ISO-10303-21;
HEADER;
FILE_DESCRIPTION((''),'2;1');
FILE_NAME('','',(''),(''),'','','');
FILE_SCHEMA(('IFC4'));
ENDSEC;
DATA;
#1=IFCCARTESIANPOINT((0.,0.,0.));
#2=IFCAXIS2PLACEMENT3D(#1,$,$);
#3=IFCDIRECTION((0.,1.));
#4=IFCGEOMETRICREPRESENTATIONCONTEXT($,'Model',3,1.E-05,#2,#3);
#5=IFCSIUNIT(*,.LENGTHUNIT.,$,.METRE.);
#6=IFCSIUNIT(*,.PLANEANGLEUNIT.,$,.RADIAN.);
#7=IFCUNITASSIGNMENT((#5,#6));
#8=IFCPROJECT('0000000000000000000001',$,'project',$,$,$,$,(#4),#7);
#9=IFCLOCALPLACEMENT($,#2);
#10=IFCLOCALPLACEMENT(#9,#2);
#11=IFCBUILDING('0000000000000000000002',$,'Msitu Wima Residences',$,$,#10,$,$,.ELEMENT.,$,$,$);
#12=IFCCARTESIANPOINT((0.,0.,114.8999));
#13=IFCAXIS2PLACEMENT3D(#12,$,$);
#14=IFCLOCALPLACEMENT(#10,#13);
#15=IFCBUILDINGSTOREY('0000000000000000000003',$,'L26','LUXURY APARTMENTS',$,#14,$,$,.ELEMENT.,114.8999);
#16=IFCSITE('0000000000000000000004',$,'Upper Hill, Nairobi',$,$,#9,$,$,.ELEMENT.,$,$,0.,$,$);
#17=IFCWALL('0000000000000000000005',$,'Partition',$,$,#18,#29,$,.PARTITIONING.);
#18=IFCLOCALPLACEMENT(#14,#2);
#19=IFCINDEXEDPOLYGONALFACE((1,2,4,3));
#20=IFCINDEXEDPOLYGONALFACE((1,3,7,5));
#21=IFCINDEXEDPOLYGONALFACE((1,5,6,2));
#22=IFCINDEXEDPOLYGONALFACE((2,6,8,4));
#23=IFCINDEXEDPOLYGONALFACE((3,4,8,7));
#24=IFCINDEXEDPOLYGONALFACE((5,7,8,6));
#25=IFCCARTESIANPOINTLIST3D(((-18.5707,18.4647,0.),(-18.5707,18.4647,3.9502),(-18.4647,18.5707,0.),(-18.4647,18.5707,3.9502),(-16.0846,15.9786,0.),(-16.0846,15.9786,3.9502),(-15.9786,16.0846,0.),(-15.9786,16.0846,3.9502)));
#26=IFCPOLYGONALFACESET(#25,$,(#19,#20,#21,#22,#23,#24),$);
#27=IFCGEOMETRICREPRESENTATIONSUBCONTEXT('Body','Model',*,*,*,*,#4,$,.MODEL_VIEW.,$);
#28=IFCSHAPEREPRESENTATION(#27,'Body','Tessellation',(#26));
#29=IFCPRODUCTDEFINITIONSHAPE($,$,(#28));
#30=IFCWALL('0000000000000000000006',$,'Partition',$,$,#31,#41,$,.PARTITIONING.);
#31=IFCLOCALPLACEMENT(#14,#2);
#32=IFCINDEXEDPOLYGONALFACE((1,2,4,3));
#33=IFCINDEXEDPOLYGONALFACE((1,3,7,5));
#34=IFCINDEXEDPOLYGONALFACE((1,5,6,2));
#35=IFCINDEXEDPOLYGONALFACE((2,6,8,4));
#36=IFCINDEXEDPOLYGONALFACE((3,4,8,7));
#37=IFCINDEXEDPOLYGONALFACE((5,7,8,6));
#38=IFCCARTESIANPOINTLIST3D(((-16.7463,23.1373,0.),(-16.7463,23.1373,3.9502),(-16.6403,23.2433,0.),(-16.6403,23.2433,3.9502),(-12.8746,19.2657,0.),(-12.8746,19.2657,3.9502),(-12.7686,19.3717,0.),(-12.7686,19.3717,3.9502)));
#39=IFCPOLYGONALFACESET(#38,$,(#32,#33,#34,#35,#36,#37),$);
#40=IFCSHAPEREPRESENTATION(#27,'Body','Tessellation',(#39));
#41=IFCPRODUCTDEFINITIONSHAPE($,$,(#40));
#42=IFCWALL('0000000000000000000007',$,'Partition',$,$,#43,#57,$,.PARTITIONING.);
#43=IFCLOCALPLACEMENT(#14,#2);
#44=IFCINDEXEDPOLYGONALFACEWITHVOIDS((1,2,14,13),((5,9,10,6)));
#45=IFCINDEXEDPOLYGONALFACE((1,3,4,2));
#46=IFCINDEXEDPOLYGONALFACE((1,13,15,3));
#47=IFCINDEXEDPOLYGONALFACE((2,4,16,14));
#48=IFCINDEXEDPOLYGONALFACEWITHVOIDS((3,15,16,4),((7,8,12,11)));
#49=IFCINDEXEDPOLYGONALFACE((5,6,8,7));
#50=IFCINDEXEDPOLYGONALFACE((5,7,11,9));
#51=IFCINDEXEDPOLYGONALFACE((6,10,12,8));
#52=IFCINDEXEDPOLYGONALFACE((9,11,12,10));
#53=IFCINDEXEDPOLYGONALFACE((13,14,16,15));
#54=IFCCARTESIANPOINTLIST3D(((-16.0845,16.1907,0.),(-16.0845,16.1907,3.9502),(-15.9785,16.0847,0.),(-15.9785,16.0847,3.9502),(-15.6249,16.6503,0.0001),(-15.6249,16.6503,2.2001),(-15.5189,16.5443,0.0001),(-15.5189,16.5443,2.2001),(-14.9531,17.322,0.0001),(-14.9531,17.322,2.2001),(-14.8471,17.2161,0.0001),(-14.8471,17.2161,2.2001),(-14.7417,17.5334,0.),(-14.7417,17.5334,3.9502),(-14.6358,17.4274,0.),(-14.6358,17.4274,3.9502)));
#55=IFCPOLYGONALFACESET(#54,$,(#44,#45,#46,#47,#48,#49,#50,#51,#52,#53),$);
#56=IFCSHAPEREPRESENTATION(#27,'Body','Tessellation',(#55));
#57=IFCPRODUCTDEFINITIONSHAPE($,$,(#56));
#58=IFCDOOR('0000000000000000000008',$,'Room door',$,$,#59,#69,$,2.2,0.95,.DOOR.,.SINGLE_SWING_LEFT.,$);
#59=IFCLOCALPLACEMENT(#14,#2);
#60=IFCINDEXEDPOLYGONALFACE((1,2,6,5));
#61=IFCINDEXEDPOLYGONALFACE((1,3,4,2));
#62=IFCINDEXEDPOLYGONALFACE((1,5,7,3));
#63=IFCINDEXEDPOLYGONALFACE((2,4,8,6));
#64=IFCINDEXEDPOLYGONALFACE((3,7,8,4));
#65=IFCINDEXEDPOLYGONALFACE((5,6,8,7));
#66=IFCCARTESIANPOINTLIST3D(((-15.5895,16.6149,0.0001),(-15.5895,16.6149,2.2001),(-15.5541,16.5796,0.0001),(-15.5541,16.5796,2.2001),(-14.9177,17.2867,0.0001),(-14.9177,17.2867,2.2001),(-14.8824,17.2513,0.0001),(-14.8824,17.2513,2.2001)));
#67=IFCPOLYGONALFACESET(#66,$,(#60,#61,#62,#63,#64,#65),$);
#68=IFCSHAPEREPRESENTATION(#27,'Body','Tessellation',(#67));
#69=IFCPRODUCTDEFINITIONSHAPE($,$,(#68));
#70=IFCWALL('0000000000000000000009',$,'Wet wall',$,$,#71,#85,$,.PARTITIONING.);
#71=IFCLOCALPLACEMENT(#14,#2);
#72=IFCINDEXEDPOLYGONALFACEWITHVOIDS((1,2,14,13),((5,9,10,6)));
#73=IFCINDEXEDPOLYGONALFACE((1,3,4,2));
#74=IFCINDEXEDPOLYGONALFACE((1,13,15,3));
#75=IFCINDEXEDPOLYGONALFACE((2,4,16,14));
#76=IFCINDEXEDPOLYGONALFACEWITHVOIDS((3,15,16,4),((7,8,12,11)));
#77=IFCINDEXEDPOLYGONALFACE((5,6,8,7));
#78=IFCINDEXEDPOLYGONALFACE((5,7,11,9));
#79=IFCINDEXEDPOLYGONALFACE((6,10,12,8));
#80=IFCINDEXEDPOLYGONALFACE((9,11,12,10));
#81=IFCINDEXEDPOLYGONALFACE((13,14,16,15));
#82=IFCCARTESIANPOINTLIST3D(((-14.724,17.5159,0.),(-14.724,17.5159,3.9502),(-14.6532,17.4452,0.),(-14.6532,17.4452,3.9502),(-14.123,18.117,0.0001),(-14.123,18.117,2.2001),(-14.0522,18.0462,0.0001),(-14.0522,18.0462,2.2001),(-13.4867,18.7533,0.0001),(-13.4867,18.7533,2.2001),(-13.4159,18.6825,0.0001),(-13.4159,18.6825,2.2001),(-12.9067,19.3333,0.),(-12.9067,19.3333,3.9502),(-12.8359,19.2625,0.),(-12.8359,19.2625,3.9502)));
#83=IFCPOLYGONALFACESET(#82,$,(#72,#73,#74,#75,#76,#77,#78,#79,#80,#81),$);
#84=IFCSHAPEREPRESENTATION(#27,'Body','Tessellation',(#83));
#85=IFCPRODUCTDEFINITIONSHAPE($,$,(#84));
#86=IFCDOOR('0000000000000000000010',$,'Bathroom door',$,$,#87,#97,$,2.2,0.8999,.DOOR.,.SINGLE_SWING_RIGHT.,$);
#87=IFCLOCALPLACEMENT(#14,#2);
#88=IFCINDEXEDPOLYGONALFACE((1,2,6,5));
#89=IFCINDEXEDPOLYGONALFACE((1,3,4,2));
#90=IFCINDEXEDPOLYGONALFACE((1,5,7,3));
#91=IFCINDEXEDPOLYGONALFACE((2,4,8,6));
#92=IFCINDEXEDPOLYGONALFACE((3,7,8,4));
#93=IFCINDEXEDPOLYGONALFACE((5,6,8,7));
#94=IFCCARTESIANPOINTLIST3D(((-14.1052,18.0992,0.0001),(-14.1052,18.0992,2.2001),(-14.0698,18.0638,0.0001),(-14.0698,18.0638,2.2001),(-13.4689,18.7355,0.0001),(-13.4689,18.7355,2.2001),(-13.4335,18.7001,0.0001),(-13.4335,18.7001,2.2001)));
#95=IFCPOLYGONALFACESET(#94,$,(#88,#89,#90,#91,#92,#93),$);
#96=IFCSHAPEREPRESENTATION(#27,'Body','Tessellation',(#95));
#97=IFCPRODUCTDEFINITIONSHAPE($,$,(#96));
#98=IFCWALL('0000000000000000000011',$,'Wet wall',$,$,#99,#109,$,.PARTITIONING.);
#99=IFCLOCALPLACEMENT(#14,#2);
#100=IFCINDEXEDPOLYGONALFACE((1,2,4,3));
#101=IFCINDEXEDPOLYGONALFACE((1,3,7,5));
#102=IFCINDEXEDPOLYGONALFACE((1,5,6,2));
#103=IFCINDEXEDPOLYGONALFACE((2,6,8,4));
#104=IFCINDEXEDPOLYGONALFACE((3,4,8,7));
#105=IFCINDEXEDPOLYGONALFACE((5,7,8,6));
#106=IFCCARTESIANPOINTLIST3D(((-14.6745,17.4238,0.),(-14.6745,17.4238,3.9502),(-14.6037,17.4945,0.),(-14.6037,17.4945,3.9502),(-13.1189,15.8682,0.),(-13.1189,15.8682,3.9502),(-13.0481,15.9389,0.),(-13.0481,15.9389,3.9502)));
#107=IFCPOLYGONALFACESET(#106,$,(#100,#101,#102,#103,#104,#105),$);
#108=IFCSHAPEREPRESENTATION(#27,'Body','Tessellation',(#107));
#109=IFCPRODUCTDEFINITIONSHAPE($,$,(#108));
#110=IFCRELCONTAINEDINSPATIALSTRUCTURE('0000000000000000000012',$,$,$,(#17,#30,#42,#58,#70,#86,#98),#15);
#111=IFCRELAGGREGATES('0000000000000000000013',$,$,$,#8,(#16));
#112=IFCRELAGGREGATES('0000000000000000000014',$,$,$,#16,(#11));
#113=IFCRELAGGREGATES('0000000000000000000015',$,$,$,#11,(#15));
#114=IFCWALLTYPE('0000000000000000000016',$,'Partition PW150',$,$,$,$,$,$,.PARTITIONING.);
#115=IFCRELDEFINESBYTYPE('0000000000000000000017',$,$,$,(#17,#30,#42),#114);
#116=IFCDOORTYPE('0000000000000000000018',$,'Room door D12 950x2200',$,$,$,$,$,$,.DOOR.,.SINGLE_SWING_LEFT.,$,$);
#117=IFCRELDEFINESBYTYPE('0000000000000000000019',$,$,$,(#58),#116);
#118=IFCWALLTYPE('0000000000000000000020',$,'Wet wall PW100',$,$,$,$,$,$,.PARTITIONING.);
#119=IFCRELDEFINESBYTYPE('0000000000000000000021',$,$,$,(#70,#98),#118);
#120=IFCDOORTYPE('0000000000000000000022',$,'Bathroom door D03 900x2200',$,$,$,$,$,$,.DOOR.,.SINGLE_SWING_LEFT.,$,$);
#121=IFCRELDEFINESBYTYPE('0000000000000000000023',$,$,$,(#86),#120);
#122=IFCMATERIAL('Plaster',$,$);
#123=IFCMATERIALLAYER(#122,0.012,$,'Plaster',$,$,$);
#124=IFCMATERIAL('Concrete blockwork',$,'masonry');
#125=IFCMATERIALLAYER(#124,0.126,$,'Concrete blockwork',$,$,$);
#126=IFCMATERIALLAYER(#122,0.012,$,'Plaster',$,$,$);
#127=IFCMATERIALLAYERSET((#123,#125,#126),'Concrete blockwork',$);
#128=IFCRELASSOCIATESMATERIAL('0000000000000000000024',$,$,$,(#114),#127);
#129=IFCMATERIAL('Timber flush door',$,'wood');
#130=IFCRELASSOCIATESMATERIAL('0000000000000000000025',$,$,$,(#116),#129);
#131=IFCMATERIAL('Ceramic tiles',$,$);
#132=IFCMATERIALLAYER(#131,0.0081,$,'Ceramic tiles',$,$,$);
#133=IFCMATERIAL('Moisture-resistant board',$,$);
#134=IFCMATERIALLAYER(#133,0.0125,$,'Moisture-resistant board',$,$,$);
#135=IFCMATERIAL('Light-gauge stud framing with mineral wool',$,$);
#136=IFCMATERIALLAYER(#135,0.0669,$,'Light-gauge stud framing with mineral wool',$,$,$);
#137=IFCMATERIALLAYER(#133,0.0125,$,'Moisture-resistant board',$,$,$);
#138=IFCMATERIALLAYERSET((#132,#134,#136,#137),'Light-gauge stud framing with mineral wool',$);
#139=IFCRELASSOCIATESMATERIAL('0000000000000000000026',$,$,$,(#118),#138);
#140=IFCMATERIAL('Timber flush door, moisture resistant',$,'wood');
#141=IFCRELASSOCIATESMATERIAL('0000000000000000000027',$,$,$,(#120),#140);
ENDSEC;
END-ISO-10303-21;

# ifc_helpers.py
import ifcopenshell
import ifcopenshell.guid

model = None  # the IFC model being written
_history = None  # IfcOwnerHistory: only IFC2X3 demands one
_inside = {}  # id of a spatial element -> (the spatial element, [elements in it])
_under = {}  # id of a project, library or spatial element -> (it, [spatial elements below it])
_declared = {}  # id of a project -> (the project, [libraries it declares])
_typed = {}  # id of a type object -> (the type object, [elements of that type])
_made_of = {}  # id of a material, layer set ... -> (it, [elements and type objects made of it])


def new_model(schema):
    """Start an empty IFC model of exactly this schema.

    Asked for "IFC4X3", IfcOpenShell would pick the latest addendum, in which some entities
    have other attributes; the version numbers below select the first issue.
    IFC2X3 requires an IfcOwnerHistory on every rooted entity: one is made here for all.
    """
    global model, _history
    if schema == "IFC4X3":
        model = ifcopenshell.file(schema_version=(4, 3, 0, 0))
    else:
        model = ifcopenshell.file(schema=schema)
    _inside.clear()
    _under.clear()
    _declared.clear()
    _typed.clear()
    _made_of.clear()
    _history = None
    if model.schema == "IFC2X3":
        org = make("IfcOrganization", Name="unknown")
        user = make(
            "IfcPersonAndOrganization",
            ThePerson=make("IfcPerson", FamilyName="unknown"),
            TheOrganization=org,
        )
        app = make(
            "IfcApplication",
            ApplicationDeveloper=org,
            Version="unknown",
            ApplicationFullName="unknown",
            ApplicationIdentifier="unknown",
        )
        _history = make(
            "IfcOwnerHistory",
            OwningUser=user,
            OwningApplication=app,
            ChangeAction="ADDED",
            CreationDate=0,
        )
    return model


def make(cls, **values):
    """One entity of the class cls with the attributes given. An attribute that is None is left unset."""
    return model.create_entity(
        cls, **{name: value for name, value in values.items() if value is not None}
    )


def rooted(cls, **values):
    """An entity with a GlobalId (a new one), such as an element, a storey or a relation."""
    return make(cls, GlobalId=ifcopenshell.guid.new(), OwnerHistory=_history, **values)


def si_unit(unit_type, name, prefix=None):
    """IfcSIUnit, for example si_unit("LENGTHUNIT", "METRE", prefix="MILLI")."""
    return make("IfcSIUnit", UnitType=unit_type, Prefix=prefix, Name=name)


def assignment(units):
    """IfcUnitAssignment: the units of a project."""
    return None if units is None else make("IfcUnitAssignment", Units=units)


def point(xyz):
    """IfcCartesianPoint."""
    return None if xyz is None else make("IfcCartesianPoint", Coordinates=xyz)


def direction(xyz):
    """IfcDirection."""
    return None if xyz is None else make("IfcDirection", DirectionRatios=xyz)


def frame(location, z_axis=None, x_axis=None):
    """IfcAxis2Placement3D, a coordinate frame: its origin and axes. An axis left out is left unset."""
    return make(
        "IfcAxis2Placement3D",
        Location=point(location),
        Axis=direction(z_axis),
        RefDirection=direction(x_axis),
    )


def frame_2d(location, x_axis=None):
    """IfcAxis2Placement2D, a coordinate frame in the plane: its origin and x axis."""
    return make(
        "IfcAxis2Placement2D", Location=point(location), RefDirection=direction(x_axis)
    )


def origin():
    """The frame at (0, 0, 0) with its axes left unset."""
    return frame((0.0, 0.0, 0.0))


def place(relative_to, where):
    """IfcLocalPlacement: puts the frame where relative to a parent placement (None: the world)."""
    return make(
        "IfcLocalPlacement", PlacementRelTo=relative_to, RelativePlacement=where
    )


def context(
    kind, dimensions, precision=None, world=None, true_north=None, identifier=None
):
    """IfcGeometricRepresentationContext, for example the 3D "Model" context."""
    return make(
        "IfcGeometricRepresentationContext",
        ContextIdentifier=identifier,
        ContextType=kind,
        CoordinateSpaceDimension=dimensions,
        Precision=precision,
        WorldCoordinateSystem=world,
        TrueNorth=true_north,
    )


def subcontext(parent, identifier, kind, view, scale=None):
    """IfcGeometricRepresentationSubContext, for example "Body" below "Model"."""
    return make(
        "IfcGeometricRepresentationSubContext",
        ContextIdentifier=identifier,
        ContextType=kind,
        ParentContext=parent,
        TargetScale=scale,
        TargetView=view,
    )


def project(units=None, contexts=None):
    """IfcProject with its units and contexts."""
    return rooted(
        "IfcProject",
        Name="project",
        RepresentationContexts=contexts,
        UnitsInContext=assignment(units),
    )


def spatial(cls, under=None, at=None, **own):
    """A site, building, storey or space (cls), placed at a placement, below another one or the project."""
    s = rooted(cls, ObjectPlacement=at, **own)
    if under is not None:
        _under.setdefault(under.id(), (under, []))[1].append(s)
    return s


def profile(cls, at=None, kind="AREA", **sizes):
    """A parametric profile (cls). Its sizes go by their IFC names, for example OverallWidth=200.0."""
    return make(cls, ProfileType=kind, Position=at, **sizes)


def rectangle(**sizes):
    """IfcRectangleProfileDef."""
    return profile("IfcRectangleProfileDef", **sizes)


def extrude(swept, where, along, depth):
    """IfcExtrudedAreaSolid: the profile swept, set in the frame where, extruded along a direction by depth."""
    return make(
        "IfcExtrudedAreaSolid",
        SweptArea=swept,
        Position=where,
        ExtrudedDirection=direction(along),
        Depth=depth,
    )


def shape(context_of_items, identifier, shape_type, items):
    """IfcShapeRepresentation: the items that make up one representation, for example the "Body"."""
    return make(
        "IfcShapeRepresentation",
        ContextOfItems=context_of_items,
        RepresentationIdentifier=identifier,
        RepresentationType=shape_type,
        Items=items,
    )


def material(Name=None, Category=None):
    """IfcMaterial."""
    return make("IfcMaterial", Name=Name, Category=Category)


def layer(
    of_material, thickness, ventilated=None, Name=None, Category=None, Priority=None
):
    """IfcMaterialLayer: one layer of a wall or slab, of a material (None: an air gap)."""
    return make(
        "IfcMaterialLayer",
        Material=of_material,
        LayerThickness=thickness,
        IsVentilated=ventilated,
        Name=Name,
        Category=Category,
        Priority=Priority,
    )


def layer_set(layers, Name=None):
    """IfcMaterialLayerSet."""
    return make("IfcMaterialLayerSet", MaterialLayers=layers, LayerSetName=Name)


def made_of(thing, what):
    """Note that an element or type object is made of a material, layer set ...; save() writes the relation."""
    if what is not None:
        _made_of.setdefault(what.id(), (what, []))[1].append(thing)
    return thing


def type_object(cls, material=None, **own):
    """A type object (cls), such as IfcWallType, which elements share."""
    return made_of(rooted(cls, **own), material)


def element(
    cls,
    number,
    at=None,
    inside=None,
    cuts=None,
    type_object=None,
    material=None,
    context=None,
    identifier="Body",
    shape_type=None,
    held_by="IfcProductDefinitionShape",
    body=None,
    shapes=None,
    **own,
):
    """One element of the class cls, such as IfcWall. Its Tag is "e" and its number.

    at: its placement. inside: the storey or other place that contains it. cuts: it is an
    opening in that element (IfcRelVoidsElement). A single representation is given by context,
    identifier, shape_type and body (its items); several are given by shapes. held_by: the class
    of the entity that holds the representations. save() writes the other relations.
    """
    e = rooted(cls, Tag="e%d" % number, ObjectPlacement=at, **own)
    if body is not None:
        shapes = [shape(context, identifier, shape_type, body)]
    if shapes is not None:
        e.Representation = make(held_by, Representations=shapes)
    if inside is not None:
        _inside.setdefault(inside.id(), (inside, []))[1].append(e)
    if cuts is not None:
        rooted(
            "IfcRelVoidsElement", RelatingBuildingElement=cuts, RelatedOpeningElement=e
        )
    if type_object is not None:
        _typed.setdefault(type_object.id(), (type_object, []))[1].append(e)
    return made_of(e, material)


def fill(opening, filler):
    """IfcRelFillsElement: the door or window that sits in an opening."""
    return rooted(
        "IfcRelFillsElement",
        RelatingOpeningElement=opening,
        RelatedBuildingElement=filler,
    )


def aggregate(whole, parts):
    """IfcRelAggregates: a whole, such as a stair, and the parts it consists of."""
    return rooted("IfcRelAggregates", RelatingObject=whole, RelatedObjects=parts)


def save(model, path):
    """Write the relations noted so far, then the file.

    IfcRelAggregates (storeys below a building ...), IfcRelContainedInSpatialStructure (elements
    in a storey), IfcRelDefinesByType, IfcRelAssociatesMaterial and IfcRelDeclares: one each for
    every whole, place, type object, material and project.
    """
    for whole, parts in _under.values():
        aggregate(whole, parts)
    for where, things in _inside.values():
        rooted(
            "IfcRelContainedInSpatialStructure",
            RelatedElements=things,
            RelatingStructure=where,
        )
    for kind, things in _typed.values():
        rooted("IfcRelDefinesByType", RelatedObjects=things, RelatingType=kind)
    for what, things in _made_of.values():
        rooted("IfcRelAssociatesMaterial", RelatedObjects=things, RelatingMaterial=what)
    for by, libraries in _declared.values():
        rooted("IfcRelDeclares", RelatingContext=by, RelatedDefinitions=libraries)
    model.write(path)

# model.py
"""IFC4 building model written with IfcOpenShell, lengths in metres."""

from ifc_helpers import new_model, si_unit, direction, frame, frame_2d, origin, place, context, subcontext, project, spatial, rectangle, extrude, material, layer, layer_set, type_object, element, fill, save


model = new_model("IFC4")

# Units and contexts
model_context = context("Model", 3, precision=1e-05, world=origin(), true_north=direction((0.0, 1.0)))
body_context = subcontext(model_context, "Body", "Model", "MODEL_VIEW")
ifc_project = project(units=[si_unit("LENGTHUNIT", "METRE"), si_unit("PLANEANGLEUNIT", "RADIAN")], contexts=[model_context])

# Site, building, storey
site_placement = place(None, origin())
site = spatial("IfcSite", under=ifc_project, at=site_placement, Name="Upper Hill, Nairobi", CompositionType="ELEMENT", RefElevation=0.0)
building_placement = place(site_placement, origin())
building = spatial("IfcBuilding", under=site, at=building_placement, Name="Msitu Wima Residences", CompositionType="ELEMENT")
storey_placement = place(building_placement, frame((0.0, 0.0, 114.8999)))
storey = spatial("IfcBuildingStorey", under=building, at=storey_placement, Name="L26", Description="LUXURY APARTMENTS", CompositionType="ELEMENT", Elevation=114.8999)

# Shared definitions
ifc_material_1 = material(Name="Plaster")
ifc_material_2 = material(Name="Concrete blockwork", Category="masonry")

# Walls
ifc_layer_1 = layer(ifc_material_1, 0.012, Name="Plaster")
ifc_layer_2 = layer(ifc_material_2, 0.126, Name="Concrete blockwork")
ifc_layer_3 = layer(ifc_material_1, 0.012, Name="Plaster")
ifc_layer_set_1 = layer_set([ifc_layer_1, ifc_layer_2, ifc_layer_3], Name="Concrete blockwork")
wall_type_1 = type_object("IfcWallType", Name="Partition PW150", PredefinedType="PARTITIONING", material=ifc_layer_set_1)
wall_1_placement = place(storey_placement, frame((-18.5176, 18.5176, 0.0), z_axis=(0.0, 0.0, 1.0), x_axis=(0.707107, -0.707107, 0.0)))
element("IfcWall", 1, at=wall_1_placement, inside=storey, type_object=wall_type_1, Name="Partition", PredefinedType="PARTITIONING", context=body_context, shape_type="SweptSolid", body=[
    extrude(rectangle(XDim=3.5159, YDim=0.1499, at=frame_2d((1.7578, 0.0))), origin(), (0.0, 0.0, 1.0), 3.9502),
])
wall_2_placement = place(storey_placement, frame((-16.6934, 23.1904, 0.0), z_axis=(0.0, 0.0, 1.0), x_axis=(0.707107, -0.707107, 0.0)))
element("IfcWall", 2, at=wall_2_placement, inside=storey, type_object=wall_type_1, Name="Partition", PredefinedType="PARTITIONING", context=body_context, shape_type="SweptSolid", body=[
    extrude(rectangle(XDim=5.4753, YDim=0.1499, at=frame_2d((2.7378, 0.0))), origin(), (0.0, 0.0, 1.0), 3.9502),
])

# Walls, openings, doors
wall_3_placement = place(storey_placement, frame((-16.0315, 16.1377, 0.0), z_axis=(0.0, 0.0, 1.0), x_axis=(0.707107, 0.707107, 0.0)))
wall_3 = element("IfcWall", 3, at=wall_3_placement, inside=storey, type_object=wall_type_1, Name="Partition", PredefinedType="PARTITIONING", context=body_context, shape_type="SweptSolid", body=[
    extrude(rectangle(XDim=1.8989, YDim=0.1499, at=frame_2d((0.9495, 0.0))), origin(), (0.0, 0.0, 1.0), 3.9502),
])
opening_1_placement = place(wall_3_placement, frame((0.6499, 0.0, 0.0)))
opening_1 = element("IfcOpeningElement", 4, at=opening_1_placement, cuts=wall_3, PredefinedType="OPENING", context=body_context, shape_type="SweptSolid", body=[
    extrude(rectangle(XDim=0.95, YDim=2.2, at=frame_2d((0.4751, 1.1001))), frame((0.0, 0.085, 0.0), z_axis=(0.0, -1.0, 0.0), x_axis=(1.0, 0.0, 0.0)), (0.0, 0.0, 1.0), 0.1699),
])
ifc_material_3 = material(Name="Timber flush door", Category="wood")
door_type_1 = type_object("IfcDoorType", Name="Room door D12 950x2200", OperationType="SINGLE_SWING_LEFT", PredefinedType="DOOR", material=ifc_material_3)
door_1_placement = place(opening_1_placement, origin())
door_1 = element("IfcDoor", 5, at=door_1_placement, inside=storey, type_object=door_type_1, Name="Room door", OperationType="SINGLE_SWING_LEFT", OverallHeight=2.2, OverallWidth=0.95, PredefinedType="DOOR", context=body_context, shape_type="SweptSolid", body=[
    extrude(rectangle(XDim=0.95, YDim=2.2, at=frame_2d((0.4751, 1.1001))), frame((0.0, 0.0249, 0.0), z_axis=(0.0, -1.0, 0.0), x_axis=(1.0, 0.0, 0.0)), (0.0, 0.0, 1.0), 0.05),
])
fill(opening_1, door_1)
ifc_material_4 = material(Name="Ceramic tiles")
ifc_layer_4 = layer(ifc_material_4, 0.0081, Name="Ceramic tiles")
ifc_material_5 = material(Name="Moisture-resistant board")
ifc_layer_5 = layer(ifc_material_5, 0.0125, Name="Moisture-resistant board")
ifc_material_6 = material(Name="Light-gauge stud framing with mineral wool")
ifc_layer_6 = layer(ifc_material_6, 0.0669, Name="Light-gauge stud framing with mineral wool")
ifc_layer_7 = layer(ifc_material_5, 0.0125, Name="Moisture-resistant board")
ifc_layer_set_2 = layer_set([ifc_layer_4, ifc_layer_5, ifc_layer_6, ifc_layer_7], Name="Light-gauge stud framing with mineral wool")
wall_type_2 = type_object("IfcWallType", Name="Wet wall PW100", PredefinedType="PARTITIONING", material=ifc_layer_set_2)
wall_4_placement = place(storey_placement, frame((-14.6887, 17.4805, 0.0), z_axis=(0.0, 0.0, 1.0), x_axis=(0.707107, 0.707107, 0.0)))
wall_4 = element("IfcWall", 6, at=wall_4_placement, inside=storey, type_object=wall_type_2, Name="Wet wall", PredefinedType="PARTITIONING", context=body_context, shape_type="SweptSolid", body=[
    extrude(rectangle(XDim=2.5701, YDim=0.1001, at=frame_2d((1.2852, 0.0))), origin(), (0.0, 0.0, 1.0), 3.9502),
])
opening_2_placement = place(wall_4_placement, frame((0.8501, 0.0, 0.0)))
opening_2 = element("IfcOpeningElement", 7, at=opening_2_placement, cuts=wall_4, PredefinedType="OPENING", context=body_context, shape_type="SweptSolid", body=[
    extrude(rectangle(XDim=0.8999, YDim=2.2, at=frame_2d((0.45, 1.1001))), frame((0.0, 0.0601, 0.0), z_axis=(0.0, -1.0, 0.0), x_axis=(1.0, 0.0, 0.0)), (0.0, 0.0, 1.0), 0.1201),
])
ifc_material_7 = material(Name="Timber flush door, moisture resistant", Category="wood")
door_type_2 = type_object("IfcDoorType", Name="Bathroom door D03 900x2200", OperationType="SINGLE_SWING_LEFT", PredefinedType="DOOR", material=ifc_material_7)
door_2_placement = place(opening_2_placement, origin())
door_2 = element("IfcDoor", 8, at=door_2_placement, inside=storey, type_object=door_type_2, Name="Bathroom door", OperationType="SINGLE_SWING_RIGHT", OverallHeight=2.2, OverallWidth=0.8999, PredefinedType="DOOR", context=body_context, shape_type="SweptSolid", body=[
    extrude(rectangle(XDim=0.8999, YDim=2.2, at=frame_2d((0.45, 1.1001))), frame((0.0, 0.0249, 0.0), z_axis=(0.0, -1.0, 0.0), x_axis=(1.0, 0.0, 0.0)), (0.0, 0.0, 1.0), 0.05),
])
fill(opening_2, door_2)

# Wall
wall_5_placement = place(storey_placement, frame((-14.6392, 17.4592, 0.0), z_axis=(0.0, 0.0, 1.0), x_axis=(0.707107, -0.707107, 0.0)))
element("IfcWall", 9, at=wall_5_placement, inside=storey, type_object=wall_type_2, Name="Wet wall", PredefinedType="PARTITIONING", context=body_context, shape_type="SweptSolid", body=[
    extrude(rectangle(XDim=2.2, YDim=0.1001, at=frame_2d((1.1001, 0.0))), origin(), (0.0, 0.0, 1.0), 3.9502),
])

save(model, "model.ifc")
